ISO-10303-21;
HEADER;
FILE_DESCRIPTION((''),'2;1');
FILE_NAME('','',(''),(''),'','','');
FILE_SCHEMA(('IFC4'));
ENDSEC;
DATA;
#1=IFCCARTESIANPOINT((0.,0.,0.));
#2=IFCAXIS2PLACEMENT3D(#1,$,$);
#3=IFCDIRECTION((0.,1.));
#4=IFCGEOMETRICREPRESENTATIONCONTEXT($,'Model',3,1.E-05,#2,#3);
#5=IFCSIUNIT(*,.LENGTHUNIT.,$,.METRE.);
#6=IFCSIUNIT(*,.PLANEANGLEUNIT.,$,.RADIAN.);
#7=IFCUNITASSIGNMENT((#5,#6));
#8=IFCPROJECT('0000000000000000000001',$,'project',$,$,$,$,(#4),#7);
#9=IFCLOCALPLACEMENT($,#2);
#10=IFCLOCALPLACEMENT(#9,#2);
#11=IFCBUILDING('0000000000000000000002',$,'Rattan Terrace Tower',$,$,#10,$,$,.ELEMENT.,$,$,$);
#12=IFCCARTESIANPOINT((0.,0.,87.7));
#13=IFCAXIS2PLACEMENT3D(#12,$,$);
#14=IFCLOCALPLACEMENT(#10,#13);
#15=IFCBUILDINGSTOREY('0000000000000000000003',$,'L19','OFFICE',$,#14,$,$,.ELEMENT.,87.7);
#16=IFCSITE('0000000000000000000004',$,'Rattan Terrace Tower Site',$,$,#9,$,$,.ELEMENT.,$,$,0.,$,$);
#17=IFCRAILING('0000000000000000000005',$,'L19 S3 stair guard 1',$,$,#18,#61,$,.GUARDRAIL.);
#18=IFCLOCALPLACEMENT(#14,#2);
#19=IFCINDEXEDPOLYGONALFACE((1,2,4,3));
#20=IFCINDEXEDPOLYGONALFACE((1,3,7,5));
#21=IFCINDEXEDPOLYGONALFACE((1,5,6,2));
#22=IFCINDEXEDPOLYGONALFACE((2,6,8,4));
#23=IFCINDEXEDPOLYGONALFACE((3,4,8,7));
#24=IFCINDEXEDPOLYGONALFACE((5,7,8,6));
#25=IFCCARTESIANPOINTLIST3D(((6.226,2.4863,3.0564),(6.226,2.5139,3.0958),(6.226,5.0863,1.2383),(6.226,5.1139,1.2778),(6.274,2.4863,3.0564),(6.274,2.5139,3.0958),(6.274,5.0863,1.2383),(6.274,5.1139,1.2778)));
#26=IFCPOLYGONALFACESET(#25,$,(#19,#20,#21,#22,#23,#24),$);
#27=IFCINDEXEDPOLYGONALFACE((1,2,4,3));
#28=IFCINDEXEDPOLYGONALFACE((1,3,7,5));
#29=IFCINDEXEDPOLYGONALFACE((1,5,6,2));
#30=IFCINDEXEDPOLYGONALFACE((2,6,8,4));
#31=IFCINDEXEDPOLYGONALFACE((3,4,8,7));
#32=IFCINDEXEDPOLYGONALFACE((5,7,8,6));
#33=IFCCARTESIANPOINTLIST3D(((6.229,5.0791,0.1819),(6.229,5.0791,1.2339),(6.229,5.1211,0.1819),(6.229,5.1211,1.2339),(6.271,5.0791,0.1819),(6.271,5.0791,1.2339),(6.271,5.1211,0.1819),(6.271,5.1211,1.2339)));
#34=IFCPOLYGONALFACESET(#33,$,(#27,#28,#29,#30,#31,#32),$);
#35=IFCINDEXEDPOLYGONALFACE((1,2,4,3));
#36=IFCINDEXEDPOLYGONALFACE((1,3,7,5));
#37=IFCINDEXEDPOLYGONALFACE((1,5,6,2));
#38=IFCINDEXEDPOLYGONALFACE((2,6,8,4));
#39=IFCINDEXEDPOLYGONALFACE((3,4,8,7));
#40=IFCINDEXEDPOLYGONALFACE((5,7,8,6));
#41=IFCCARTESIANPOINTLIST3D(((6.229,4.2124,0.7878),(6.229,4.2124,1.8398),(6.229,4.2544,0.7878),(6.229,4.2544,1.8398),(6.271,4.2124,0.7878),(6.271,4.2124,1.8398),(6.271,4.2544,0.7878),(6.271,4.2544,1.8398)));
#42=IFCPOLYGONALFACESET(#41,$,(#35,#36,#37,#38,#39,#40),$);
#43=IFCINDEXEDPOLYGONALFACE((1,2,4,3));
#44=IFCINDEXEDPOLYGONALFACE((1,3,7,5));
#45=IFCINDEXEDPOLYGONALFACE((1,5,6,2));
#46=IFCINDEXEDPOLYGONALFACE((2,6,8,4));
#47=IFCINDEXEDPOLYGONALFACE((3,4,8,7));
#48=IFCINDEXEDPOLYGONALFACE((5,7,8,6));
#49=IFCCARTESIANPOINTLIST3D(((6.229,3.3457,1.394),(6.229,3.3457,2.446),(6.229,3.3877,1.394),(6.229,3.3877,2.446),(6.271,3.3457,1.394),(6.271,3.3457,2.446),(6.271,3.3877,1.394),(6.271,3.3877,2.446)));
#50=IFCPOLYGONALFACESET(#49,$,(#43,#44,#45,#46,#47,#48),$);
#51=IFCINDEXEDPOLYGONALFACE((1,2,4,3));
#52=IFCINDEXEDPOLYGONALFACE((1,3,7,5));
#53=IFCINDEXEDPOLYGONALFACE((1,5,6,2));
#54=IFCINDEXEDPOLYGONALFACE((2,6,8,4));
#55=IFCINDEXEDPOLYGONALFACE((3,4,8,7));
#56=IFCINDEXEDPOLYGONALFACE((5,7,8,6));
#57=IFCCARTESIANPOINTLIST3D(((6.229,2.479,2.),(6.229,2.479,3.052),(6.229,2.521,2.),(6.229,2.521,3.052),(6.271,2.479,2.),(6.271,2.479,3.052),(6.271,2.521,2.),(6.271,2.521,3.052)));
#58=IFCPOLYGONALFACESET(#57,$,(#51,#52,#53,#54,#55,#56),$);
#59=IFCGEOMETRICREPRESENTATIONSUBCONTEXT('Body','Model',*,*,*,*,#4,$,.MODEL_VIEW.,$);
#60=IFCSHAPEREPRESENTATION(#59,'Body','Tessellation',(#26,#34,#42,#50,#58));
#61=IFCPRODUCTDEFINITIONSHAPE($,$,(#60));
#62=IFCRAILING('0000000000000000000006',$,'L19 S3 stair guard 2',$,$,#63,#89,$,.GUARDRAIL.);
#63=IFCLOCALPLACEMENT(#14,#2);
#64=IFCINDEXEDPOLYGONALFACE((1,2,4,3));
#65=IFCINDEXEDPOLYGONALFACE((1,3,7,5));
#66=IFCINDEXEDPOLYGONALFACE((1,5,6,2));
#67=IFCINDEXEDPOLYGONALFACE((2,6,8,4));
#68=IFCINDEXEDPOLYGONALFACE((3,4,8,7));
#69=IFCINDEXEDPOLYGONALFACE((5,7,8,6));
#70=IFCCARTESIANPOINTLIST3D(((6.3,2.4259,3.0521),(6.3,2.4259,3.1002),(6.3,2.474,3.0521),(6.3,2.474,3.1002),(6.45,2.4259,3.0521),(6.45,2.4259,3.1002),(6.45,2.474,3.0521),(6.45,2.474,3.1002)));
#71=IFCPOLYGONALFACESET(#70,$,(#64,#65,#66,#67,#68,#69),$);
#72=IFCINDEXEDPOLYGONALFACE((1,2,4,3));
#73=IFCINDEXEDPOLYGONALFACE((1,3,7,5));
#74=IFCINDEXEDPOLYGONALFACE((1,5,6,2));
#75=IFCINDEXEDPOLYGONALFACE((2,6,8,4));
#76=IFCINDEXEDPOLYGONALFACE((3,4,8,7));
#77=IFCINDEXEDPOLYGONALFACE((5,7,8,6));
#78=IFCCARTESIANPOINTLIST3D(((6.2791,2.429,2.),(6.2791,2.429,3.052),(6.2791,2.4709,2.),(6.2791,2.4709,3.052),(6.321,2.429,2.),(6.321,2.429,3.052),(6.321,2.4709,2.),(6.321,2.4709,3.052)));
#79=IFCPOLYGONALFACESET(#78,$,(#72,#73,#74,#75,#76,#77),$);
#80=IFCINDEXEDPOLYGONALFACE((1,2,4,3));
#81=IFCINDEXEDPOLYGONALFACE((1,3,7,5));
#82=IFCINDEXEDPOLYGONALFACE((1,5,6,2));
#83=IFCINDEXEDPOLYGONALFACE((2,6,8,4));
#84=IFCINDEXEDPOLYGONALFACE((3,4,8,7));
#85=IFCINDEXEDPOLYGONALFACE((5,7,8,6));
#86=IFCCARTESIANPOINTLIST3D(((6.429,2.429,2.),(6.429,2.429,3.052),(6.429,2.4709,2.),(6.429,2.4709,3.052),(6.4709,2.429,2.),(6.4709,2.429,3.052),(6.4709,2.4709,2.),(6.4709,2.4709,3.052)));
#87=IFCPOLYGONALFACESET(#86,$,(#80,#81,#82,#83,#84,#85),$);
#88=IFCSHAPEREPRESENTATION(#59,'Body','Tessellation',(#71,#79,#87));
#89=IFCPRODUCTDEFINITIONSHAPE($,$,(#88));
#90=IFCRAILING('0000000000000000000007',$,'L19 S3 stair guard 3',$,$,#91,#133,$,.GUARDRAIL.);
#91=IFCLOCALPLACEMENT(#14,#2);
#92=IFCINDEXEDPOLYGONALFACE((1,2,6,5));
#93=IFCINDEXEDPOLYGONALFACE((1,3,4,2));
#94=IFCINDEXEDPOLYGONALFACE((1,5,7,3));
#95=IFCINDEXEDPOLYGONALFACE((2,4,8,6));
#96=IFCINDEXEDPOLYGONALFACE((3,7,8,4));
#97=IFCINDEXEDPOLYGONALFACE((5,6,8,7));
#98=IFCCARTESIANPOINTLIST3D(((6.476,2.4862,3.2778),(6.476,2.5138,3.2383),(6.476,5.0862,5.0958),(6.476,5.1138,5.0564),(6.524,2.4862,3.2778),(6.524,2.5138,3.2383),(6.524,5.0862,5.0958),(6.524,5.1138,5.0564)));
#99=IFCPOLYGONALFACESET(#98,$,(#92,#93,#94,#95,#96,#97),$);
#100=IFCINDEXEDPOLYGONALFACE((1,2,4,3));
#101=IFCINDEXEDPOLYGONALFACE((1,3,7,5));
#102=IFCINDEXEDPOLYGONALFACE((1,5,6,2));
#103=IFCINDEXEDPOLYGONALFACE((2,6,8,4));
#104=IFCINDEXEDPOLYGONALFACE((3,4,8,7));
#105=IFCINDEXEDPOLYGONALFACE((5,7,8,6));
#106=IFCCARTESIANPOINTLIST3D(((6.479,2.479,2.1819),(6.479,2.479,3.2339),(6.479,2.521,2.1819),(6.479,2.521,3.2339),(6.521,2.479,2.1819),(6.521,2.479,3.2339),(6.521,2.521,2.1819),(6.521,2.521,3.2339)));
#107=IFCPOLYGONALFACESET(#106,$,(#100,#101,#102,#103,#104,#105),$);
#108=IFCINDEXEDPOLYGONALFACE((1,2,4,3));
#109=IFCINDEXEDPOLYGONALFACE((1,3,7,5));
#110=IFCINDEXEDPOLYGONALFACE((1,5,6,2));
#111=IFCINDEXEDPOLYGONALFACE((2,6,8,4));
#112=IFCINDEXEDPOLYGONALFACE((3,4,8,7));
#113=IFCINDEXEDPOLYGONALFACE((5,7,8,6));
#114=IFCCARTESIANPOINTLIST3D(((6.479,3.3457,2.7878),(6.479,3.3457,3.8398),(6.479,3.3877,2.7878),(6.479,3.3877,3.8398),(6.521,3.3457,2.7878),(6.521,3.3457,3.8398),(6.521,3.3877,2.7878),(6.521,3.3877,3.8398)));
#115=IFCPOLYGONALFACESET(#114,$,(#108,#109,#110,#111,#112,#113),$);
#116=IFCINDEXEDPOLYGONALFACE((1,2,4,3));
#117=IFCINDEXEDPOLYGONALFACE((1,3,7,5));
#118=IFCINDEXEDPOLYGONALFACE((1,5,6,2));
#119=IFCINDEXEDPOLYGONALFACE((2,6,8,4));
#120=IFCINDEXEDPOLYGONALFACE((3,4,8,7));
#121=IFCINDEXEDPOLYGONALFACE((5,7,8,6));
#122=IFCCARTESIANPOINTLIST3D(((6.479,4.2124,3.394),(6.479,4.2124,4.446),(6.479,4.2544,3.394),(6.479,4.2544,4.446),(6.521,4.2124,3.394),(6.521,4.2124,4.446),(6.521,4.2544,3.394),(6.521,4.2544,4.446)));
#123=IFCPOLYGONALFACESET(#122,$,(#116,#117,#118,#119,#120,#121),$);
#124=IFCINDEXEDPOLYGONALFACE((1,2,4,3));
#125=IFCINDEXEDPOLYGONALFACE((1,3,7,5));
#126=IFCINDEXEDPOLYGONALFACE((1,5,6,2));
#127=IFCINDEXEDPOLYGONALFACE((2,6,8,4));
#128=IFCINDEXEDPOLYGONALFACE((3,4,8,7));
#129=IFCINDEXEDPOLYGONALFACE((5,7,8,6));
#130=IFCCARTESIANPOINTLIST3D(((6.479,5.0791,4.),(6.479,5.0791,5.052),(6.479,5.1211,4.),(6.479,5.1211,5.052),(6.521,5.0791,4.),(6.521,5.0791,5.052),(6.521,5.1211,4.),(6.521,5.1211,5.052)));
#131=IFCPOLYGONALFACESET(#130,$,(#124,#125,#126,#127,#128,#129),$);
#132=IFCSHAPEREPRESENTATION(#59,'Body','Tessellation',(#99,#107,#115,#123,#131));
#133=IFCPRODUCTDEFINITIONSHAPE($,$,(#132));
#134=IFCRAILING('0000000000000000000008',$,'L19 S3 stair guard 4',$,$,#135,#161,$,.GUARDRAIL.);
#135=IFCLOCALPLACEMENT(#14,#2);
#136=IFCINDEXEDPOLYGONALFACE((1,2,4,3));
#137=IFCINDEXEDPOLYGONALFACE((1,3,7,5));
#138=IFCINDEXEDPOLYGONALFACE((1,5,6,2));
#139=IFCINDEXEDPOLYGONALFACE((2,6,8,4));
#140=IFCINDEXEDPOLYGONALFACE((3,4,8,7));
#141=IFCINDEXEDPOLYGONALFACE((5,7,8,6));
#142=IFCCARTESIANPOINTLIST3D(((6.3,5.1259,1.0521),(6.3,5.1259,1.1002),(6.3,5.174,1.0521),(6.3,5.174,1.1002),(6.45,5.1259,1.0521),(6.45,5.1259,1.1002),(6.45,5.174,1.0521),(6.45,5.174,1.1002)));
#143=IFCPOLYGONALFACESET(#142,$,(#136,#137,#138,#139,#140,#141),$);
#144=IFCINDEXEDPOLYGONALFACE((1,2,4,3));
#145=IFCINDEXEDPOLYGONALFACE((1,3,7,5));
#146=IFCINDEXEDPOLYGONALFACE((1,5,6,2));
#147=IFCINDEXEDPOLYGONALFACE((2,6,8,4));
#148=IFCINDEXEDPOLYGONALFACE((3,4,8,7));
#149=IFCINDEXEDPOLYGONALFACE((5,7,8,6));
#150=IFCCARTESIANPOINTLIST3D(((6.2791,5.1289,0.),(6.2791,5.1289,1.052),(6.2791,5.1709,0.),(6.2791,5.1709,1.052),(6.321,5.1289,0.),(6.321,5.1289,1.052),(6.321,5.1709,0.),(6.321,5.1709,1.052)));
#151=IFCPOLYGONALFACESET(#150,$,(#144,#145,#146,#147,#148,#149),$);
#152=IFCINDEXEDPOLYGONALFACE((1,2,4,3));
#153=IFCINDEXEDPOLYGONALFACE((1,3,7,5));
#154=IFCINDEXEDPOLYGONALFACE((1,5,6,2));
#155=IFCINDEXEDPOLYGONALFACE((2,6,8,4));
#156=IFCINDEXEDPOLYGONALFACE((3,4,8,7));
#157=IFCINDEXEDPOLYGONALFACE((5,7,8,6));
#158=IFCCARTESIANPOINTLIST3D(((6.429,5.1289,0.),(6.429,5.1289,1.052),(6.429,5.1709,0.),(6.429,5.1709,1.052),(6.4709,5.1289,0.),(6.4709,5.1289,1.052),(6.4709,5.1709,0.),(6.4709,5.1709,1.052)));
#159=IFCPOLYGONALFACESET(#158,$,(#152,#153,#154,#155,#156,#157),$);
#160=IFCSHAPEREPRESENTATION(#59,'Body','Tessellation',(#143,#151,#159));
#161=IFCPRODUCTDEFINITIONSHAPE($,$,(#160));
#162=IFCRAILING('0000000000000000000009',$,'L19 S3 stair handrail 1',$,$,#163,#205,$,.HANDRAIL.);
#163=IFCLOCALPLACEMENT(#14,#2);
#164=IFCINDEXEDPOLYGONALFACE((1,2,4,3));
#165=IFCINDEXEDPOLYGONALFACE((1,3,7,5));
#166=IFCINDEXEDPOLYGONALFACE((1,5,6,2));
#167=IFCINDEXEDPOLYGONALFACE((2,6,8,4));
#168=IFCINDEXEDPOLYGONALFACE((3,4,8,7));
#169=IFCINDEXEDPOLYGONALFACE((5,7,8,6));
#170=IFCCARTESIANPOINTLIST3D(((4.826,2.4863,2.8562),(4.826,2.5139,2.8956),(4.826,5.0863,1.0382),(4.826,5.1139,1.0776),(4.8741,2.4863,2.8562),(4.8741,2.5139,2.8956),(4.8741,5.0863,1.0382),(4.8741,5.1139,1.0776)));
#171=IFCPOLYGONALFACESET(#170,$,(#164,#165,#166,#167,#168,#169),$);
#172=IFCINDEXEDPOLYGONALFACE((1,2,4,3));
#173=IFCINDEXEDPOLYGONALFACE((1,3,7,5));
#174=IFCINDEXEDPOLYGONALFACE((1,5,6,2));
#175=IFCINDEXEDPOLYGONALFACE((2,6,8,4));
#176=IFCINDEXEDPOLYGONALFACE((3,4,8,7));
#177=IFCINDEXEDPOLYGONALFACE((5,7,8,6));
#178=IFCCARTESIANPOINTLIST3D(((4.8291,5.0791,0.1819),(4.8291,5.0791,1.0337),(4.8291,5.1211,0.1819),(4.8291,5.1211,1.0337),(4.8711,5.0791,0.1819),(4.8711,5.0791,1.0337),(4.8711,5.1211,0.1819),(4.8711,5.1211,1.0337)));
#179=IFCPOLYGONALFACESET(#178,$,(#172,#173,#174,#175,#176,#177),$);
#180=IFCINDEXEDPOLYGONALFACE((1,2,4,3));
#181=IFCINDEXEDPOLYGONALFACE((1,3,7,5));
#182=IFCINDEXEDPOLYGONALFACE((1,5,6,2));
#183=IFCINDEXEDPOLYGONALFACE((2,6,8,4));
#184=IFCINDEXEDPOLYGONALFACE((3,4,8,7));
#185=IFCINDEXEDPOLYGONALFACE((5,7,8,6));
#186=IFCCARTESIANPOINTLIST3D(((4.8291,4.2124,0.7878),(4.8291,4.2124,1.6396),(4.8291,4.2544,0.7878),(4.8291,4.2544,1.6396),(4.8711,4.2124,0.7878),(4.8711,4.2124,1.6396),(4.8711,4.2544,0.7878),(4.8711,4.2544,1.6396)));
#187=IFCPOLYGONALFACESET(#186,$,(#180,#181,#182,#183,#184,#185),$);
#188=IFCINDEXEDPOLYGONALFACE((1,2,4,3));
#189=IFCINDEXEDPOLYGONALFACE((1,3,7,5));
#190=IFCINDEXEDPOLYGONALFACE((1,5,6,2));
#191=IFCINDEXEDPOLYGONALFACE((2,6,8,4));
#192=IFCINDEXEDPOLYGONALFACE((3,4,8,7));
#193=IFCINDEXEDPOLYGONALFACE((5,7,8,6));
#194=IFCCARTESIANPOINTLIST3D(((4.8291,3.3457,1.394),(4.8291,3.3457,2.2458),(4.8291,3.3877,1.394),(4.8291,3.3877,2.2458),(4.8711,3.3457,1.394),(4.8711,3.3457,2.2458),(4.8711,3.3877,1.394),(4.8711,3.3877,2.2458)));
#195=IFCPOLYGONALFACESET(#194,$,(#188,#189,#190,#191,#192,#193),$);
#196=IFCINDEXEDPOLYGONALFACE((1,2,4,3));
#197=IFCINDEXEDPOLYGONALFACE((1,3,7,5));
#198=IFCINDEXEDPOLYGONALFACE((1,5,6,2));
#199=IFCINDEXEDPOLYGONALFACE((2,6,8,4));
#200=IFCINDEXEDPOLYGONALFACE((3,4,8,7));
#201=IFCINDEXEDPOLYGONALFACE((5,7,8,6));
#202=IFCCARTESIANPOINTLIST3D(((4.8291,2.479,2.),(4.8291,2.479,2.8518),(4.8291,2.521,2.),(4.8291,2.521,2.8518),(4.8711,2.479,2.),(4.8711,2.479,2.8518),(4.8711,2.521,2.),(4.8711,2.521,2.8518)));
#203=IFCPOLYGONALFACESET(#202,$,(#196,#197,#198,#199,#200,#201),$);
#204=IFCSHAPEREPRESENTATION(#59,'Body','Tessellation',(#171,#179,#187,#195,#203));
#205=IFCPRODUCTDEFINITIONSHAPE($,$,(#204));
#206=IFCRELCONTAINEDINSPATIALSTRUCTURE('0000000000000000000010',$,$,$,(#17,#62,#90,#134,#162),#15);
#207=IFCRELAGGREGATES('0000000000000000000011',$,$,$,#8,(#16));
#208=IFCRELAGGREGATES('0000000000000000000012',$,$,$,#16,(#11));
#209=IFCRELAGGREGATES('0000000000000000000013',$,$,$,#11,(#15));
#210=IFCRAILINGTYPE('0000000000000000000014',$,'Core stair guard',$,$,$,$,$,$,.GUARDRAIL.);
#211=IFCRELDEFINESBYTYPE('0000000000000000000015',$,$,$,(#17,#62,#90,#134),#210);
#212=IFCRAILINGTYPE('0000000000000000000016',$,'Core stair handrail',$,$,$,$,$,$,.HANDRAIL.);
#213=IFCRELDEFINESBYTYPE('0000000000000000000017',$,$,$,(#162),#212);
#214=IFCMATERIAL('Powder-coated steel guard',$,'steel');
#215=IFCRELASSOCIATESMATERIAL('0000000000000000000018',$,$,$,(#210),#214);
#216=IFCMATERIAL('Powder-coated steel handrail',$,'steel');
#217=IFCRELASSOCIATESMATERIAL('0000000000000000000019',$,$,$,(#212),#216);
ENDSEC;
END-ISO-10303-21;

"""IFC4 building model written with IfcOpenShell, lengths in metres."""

from ifc_helpers import new_model, si_unit, direction, frame, origin, origin_2d, place, context, subcontext, project, spatial, rectangle, extrude, material, type_object, element, save


model = new_model("IFC4")

# Units and contexts
model_context = context("Model", 3, precision=1e-05, world=origin(), true_north=direction((0.0, 1.0)))
body_context = subcontext(model_context, "Body", "Model", "MODEL_VIEW")
ifc_project = project(units=[si_unit("LENGTHUNIT", "METRE"), si_unit("PLANEANGLEUNIT", "RADIAN")], contexts=[model_context])

# Site, building, storey
site_placement = place(None, origin())
site = spatial("IfcSite", under=ifc_project, at=site_placement, Name="Rattan Terrace Tower Site", CompositionType="ELEMENT", RefElevation=0.0)
building_placement = place(site_placement, origin())
building = spatial("IfcBuilding", under=site, at=building_placement, Name="Rattan Terrace Tower", CompositionType="ELEMENT")
storey_placement = place(building_placement, frame((0.0, 0.0, 87.7)))
storey = spatial("IfcBuildingStorey", under=building, at=storey_placement, Name="L19", Description="OFFICE", CompositionType="ELEMENT", Elevation=87.7)

# Railings
ifc_material_1 = material(Name="Powder-coated steel guard", Category="steel")
railing_type_1 = type_object("IfcRailingType", Name="Core stair guard", PredefinedType="GUARDRAIL", material=ifc_material_1)
railing_1_placement = place(storey_placement, frame((6.25, 5.1001, 0.1819)))
element("IfcRailing", 1, at=railing_1_placement, inside=storey, type_object=railing_type_1, Name="L19 S3 stair guard 1", PredefinedType="GUARDRAIL", context=body_context, shape_type="SweptSolid", body=[
    extrude(rectangle(XDim=0.0481, YDim=0.0481, at=origin_2d()), frame((0.0, 0.0, 1.0762), z_axis=(0.0, -0.819521, 0.573049), x_axis=(1.0, 0.0, 0.0)), (0.0, 0.0, 1.0), 3.1726),
    extrude(rectangle(XDim=0.042, YDim=0.042, at=origin_2d()), origin(), (0.0, 0.0, 1.0), 1.052),
    extrude(rectangle(XDim=0.042, YDim=0.042, at=origin_2d()), frame((0.0, -0.8667, 0.606)), (0.0, 0.0, 1.0), 1.052),
    extrude(rectangle(XDim=0.042, YDim=0.042, at=origin_2d()), frame((0.0, -1.7334, 1.2122)), (0.0, 0.0, 1.0), 1.052),
    extrude(rectangle(XDim=0.042, YDim=0.042, at=origin_2d()), frame((0.0, -2.6001, 1.8181)), (0.0, 0.0, 1.0), 1.052),
])
railing_2_placement = place(storey_placement, frame((6.3, 2.45, 2.0)))
element("IfcRailing", 2, at=railing_2_placement, inside=storey, type_object=railing_type_1, Name="L19 S3 stair guard 2", PredefinedType="GUARDRAIL", context=body_context, shape_type="SweptSolid", body=[
    extrude(rectangle(XDim=0.0481, YDim=0.0481, at=origin_2d()), frame((0.0, 0.0, 1.0762), z_axis=(1.0, 0.0, 0.0), x_axis=(0.0, 1.0, 0.0)), (0.0, 0.0, 1.0), 0.1499),
    extrude(rectangle(XDim=0.042, YDim=0.042, at=origin_2d()), origin(), (0.0, 0.0, 1.0), 1.052),
    extrude(rectangle(XDim=0.042, YDim=0.042, at=origin_2d()), frame((0.1499, 0.0, 0.0)), (0.0, 0.0, 1.0), 1.052),
])
railing_3_placement = place(storey_placement, frame((6.5, 2.5, 2.1819)))
element("IfcRailing", 3, at=railing_3_placement, inside=storey, type_object=railing_type_1, Name="L19 S3 stair guard 3", PredefinedType="GUARDRAIL", context=body_context, shape_type="SweptSolid", body=[
    extrude(rectangle(XDim=0.0481, YDim=0.0481, at=origin_2d()), frame((0.0, 0.0, 1.0762), z_axis=(0.0, 0.819521, 0.573049), x_axis=(-1.0, 0.0, 0.0)), (0.0, 0.0, 1.0), 3.1726),
    extrude(rectangle(XDim=0.042, YDim=0.042, at=origin_2d()), origin(), (0.0, 0.0, 1.0), 1.052),
    extrude(rectangle(XDim=0.042, YDim=0.042, at=origin_2d()), frame((0.0, 0.8667, 0.606)), (0.0, 0.0, 1.0), 1.052),
    extrude(rectangle(XDim=0.042, YDim=0.042, at=origin_2d()), frame((0.0, 1.7334, 1.2122)), (0.0, 0.0, 1.0), 1.052),
    extrude(rectangle(XDim=0.042, YDim=0.042, at=origin_2d()), frame((0.0, 2.6001, 1.8181)), (0.0, 0.0, 1.0), 1.052),
])
railing_4_placement = place(storey_placement, frame((6.3, 5.1499, 0.0)))
element("IfcRailing", 4, at=railing_4_placement, inside=storey, type_object=railing_type_1, Name="L19 S3 stair guard 4", PredefinedType="GUARDRAIL", context=body_context, shape_type="SweptSolid", body=[
    extrude(rectangle(XDim=0.0481, YDim=0.0481, at=origin_2d()), frame((0.0, 0.0, 1.0762), z_axis=(1.0, 0.0, 0.0), x_axis=(0.0, 1.0, 0.0)), (0.0, 0.0, 1.0), 0.1499),
    extrude(rectangle(XDim=0.042, YDim=0.042, at=origin_2d()), origin(), (0.0, 0.0, 1.0), 1.052),
    extrude(rectangle(XDim=0.042, YDim=0.042, at=origin_2d()), frame((0.1499, 0.0, 0.0)), (0.0, 0.0, 1.0), 1.052),
])
ifc_material_2 = material(Name="Powder-coated steel handrail", Category="steel")
railing_type_2 = type_object("IfcRailingType", Name="Core stair handrail", PredefinedType="HANDRAIL", material=ifc_material_2)
railing_5_placement = place(storey_placement, frame((4.8501, 5.1001, 0.1819)))
element("IfcRailing", 5, at=railing_5_placement, inside=storey, type_object=railing_type_2, Name="L19 S3 stair handrail 1", PredefinedType="HANDRAIL", context=body_context, shape_type="SweptSolid", body=[
    extrude(rectangle(XDim=0.0481, YDim=0.0481, at=origin_2d()), frame((0.0, 0.0, 0.876), z_axis=(0.0, -0.819521, 0.573049), x_axis=(1.0, 0.0, 0.0)), (0.0, 0.0, 1.0), 3.1726),
    extrude(rectangle(XDim=0.042, YDim=0.042, at=origin_2d()), origin(), (0.0, 0.0, 1.0), 0.8518),
    extrude(rectangle(XDim=0.042, YDim=0.042, at=origin_2d()), frame((0.0, -0.8667, 0.606)), (0.0, 0.0, 1.0), 0.8518),
    extrude(rectangle(XDim=0.042, YDim=0.042, at=origin_2d()), frame((0.0, -1.7334, 1.2122)), (0.0, 0.0, 1.0), 0.8518),
    extrude(rectangle(XDim=0.042, YDim=0.042, at=origin_2d()), frame((0.0, -2.6001, 1.8181)), (0.0, 0.0, 1.0), 0.8518),
])

save(model, "model.ifc")
